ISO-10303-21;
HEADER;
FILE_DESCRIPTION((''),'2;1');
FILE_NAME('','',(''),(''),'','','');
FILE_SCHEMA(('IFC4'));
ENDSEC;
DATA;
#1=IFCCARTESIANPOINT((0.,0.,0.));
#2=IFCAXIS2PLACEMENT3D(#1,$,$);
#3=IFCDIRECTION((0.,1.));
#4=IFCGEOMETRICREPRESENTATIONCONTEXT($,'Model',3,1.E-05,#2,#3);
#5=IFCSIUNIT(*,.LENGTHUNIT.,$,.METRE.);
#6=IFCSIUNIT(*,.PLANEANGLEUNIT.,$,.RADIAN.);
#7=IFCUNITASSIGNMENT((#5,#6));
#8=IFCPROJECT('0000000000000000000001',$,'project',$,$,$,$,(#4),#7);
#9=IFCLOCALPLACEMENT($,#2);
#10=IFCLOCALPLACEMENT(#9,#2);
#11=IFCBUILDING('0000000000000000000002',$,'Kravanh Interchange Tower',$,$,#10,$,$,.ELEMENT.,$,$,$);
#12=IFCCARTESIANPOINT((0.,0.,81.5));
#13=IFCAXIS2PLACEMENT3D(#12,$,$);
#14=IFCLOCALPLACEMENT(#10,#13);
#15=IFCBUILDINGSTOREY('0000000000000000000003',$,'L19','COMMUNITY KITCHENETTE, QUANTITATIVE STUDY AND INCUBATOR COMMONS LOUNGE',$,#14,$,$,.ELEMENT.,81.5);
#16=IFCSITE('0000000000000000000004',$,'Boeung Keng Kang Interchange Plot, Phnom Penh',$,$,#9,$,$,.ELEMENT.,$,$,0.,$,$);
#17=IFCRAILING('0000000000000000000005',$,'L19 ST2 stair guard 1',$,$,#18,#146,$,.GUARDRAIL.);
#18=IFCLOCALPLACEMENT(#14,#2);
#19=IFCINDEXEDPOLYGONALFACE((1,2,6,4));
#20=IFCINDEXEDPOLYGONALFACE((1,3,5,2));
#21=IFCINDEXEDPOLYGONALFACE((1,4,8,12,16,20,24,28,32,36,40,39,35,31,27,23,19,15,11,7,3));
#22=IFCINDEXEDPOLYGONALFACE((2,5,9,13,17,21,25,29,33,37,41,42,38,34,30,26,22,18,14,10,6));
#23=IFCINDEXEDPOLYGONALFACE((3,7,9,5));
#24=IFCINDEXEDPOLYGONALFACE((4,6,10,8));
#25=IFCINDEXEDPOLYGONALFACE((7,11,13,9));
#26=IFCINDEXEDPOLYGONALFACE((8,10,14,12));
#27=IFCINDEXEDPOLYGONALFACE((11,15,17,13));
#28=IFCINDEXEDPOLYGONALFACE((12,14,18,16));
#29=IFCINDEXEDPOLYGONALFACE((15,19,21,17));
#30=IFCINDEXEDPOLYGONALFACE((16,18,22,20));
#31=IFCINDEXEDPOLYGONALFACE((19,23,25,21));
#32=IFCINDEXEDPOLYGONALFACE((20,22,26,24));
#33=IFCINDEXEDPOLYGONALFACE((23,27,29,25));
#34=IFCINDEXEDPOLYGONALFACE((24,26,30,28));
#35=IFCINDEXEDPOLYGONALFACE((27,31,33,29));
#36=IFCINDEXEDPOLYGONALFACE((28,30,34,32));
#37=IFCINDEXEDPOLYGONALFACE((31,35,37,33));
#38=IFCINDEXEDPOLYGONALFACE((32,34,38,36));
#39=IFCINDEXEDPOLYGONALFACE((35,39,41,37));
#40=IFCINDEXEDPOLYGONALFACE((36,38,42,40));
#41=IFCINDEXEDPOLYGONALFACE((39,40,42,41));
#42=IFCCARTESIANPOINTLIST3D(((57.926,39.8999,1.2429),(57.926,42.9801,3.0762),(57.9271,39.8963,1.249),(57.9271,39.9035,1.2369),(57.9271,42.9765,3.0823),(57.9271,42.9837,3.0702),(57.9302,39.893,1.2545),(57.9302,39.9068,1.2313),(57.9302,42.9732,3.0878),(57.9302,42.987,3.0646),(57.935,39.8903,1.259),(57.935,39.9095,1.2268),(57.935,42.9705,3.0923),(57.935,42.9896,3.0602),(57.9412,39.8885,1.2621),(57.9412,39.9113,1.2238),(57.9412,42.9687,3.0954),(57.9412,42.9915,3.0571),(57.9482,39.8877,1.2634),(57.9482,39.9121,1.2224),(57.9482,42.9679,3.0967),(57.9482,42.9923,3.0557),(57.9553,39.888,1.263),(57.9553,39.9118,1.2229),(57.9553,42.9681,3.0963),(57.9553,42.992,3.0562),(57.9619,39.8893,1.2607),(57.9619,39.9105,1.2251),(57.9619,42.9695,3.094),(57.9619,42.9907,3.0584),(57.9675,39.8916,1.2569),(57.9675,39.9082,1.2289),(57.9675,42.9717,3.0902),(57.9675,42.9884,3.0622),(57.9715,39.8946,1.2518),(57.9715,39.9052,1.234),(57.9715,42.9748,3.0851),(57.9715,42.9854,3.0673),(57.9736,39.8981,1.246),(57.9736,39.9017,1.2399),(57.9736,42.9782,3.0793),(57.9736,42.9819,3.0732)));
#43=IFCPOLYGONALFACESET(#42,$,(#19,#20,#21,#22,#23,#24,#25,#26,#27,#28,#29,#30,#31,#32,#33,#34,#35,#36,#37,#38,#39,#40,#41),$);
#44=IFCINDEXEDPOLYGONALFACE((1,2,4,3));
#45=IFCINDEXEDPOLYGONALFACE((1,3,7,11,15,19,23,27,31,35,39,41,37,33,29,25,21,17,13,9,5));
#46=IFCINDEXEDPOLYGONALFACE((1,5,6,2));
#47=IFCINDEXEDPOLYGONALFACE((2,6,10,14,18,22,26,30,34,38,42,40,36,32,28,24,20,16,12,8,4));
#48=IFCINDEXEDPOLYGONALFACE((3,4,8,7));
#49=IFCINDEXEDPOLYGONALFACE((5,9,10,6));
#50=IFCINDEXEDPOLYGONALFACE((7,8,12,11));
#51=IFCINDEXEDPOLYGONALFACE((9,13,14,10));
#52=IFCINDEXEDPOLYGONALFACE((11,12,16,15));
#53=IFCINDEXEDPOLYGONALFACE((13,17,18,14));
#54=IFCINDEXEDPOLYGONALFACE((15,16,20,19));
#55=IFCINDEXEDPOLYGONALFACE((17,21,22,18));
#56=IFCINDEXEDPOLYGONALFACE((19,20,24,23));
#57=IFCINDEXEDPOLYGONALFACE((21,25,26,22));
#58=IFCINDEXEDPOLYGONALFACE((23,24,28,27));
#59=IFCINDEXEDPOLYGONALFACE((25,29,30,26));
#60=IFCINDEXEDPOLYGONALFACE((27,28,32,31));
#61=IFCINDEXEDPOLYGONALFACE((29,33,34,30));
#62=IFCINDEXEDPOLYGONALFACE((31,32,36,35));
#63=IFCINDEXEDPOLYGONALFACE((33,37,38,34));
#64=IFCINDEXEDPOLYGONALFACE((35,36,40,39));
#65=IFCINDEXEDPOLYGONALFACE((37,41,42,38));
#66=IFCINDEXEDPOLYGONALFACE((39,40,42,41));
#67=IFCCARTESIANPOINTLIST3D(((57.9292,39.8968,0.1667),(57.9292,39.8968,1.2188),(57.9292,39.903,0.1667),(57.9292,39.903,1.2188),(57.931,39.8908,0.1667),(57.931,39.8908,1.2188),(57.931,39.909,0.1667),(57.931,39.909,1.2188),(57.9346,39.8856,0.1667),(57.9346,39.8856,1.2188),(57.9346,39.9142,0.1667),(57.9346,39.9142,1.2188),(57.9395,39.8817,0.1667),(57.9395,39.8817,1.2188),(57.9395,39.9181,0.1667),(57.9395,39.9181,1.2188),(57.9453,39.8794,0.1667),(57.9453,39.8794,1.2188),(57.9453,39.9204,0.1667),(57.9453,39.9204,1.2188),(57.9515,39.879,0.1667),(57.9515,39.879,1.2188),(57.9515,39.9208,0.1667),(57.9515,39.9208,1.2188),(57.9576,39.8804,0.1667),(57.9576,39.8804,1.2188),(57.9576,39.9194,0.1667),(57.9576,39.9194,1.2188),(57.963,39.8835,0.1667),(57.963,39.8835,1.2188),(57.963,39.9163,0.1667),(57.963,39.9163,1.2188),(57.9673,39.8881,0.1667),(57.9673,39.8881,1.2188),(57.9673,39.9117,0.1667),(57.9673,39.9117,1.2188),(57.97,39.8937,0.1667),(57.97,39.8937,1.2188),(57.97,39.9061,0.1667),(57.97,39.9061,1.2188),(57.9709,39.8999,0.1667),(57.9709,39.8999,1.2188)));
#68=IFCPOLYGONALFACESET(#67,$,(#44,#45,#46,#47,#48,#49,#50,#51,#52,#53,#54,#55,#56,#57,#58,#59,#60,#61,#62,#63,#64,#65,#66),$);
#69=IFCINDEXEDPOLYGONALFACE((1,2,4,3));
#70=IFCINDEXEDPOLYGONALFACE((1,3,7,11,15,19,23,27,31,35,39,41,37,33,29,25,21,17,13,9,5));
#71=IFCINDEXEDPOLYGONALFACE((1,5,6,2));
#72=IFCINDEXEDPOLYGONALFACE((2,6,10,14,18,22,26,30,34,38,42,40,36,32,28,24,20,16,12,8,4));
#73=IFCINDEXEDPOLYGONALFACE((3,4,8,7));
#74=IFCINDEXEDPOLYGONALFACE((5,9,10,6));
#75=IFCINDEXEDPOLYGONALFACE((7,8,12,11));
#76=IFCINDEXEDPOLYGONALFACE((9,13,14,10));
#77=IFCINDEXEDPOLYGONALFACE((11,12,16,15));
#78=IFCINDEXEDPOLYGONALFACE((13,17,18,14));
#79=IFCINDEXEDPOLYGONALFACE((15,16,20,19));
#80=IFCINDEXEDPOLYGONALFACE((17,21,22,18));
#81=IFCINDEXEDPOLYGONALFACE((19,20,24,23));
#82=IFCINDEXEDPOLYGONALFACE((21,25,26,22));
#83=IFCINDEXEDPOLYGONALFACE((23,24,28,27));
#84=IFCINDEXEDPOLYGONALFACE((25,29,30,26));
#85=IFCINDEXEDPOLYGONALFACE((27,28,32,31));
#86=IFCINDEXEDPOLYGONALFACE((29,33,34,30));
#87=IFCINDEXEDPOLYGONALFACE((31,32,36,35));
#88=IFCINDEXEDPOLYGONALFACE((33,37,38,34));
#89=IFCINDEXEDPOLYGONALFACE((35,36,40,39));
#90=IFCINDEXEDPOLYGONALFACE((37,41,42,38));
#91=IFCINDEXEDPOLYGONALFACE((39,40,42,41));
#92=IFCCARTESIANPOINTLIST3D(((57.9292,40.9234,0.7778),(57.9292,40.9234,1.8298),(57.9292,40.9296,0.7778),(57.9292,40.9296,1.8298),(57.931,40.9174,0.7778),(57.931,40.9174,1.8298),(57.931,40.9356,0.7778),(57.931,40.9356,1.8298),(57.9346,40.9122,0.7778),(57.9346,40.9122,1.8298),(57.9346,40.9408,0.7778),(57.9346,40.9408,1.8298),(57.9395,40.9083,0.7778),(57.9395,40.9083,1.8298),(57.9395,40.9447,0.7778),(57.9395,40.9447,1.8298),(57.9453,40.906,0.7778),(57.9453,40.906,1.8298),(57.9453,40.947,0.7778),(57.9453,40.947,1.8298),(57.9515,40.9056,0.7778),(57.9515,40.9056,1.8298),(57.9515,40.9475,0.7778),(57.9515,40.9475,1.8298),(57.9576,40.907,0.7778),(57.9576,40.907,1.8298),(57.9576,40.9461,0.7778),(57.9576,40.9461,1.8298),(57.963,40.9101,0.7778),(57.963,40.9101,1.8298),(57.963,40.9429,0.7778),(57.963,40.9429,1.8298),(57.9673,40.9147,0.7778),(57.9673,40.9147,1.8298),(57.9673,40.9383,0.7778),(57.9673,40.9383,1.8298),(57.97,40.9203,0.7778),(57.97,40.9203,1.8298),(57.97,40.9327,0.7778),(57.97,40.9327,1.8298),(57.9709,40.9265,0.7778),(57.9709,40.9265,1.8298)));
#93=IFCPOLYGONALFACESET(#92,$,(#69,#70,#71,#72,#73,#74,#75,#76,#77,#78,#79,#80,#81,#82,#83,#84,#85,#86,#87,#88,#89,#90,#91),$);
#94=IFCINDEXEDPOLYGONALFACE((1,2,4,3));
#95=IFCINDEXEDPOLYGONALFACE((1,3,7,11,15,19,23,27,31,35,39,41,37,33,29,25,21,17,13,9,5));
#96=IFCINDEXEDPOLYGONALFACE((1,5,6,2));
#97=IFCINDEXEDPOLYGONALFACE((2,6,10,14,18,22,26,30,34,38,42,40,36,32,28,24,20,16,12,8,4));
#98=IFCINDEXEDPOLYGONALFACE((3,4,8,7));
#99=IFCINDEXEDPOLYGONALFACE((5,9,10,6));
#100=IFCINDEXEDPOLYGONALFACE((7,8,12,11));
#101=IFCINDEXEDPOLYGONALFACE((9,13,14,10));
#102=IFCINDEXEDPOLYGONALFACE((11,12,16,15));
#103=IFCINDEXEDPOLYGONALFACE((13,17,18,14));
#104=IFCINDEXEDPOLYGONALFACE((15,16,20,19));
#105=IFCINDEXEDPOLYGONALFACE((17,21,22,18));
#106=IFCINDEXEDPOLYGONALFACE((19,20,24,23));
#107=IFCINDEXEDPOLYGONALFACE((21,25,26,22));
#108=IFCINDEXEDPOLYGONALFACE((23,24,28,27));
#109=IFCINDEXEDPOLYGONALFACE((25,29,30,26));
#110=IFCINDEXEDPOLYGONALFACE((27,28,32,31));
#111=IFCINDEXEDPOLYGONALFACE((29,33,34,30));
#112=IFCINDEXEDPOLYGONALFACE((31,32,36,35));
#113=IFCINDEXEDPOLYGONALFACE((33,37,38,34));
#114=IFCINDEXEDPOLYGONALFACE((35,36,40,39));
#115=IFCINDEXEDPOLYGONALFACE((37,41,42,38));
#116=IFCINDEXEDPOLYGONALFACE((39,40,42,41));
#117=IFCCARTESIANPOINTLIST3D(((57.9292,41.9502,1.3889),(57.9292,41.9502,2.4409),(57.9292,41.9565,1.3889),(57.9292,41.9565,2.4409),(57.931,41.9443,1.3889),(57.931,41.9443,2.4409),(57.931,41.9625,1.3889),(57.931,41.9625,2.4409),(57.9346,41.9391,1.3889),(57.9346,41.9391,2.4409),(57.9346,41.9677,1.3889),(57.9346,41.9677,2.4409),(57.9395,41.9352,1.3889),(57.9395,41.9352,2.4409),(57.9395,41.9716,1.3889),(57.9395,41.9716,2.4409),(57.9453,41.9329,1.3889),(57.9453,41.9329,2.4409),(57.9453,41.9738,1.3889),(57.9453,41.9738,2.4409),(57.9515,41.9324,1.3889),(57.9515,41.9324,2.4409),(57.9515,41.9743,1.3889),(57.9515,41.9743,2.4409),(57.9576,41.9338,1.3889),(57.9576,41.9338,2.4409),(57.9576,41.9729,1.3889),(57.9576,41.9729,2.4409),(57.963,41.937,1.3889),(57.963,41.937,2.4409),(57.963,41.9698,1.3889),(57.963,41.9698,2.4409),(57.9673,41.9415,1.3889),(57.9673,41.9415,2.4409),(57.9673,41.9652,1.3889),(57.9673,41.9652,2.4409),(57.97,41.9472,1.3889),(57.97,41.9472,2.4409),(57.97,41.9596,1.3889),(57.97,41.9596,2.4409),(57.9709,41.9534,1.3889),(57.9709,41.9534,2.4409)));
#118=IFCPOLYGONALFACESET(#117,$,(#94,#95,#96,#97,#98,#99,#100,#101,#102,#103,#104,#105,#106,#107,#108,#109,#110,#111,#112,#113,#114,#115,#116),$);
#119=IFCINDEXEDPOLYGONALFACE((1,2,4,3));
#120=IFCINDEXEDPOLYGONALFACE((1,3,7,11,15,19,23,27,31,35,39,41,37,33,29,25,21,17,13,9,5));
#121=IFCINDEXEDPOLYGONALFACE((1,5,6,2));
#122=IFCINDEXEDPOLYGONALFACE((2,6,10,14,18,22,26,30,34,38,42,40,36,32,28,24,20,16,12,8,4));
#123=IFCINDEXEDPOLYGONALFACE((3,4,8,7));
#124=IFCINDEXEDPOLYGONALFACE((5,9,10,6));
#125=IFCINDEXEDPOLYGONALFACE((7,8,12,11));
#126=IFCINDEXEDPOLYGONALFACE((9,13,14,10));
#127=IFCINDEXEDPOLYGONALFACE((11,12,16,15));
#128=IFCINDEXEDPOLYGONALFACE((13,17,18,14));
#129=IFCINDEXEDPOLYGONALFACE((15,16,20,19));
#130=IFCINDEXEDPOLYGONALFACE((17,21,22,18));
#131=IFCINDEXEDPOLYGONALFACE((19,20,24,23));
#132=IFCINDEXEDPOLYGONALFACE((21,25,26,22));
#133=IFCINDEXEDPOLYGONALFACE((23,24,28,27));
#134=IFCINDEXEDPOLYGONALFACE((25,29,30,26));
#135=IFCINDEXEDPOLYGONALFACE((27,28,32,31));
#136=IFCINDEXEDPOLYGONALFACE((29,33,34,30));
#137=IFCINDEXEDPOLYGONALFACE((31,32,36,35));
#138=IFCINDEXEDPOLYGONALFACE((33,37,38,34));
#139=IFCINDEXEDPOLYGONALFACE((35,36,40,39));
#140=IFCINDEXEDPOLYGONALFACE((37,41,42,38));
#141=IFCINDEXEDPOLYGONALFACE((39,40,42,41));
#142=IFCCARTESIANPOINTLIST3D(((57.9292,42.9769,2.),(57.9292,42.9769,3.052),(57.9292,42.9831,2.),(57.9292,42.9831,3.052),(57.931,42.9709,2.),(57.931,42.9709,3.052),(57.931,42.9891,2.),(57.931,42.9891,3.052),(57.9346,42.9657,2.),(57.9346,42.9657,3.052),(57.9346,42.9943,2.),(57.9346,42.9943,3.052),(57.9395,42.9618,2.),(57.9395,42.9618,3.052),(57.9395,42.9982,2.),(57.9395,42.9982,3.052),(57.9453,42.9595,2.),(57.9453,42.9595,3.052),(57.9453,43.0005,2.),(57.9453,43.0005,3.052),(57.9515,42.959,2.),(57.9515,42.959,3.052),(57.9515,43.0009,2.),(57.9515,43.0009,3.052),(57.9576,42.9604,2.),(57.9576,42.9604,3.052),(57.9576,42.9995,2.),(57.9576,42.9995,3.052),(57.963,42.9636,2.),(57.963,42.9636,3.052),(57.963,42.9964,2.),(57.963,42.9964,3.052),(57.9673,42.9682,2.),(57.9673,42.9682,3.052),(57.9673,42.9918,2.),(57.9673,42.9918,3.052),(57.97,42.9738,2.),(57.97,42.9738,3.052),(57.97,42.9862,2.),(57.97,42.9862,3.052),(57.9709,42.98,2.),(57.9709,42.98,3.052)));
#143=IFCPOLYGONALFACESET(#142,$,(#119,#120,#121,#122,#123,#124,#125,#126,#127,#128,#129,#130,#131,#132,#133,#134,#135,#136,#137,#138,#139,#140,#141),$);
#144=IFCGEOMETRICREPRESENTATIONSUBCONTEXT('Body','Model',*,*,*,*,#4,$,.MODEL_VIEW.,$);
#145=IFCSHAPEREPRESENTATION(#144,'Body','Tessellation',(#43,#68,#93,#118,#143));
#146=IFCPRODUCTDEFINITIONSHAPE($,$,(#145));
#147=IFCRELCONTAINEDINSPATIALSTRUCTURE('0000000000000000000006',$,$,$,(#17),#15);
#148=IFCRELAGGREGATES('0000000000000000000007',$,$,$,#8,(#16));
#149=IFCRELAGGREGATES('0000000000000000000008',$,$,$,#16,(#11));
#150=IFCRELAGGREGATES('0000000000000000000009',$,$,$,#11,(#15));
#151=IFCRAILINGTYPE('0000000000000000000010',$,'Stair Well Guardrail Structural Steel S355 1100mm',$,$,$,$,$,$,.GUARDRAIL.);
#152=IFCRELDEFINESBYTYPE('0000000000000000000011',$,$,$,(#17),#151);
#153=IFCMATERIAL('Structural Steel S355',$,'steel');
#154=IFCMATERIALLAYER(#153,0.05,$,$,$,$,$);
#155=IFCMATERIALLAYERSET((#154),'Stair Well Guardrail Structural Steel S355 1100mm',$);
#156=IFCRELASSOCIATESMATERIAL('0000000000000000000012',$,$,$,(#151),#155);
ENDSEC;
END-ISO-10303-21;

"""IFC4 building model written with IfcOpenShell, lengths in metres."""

from ifc_helpers import new_model, si_unit, direction, frame, origin, origin_2d, place, context, subcontext, project, spatial, circle, extrude, material, layer, layer_set, type_object, element, save


model = new_model("IFC4")

# Units and contexts
model_context = context("Model", 3, precision=1e-05, world=origin(), true_north=direction((0.0, 1.0)))
body_context = subcontext(model_context, "Body", "Model", "MODEL_VIEW")
ifc_project = project(units=[si_unit("LENGTHUNIT", "METRE"), si_unit("PLANEANGLEUNIT", "RADIAN")], contexts=[model_context])

# Site, building, storey
site_placement = place(None, origin())
site = spatial("IfcSite", under=ifc_project, at=site_placement, Name="Boeung Keng Kang Interchange Plot, Phnom Penh", CompositionType="ELEMENT", RefElevation=0.0)
building_placement = place(site_placement, origin())
building = spatial("IfcBuilding", under=site, at=building_placement, Name="Kravanh Interchange Tower", CompositionType="ELEMENT")
storey_placement = place(building_placement, frame((0.0, 0.0, 81.5)))
storey = spatial("IfcBuildingStorey", under=building, at=storey_placement, Name="L19", Description="COMMUNITY KITCHENETTE, QUANTITATIVE STUDY AND INCUBATOR COMMONS LOUNGE", CompositionType="ELEMENT", Elevation=81.5)

# Railing
ifc_material_1 = material(Name="Structural Steel S355", Category="steel")
ifc_layer_1 = layer(ifc_material_1, 0.05)
ifc_layer_set_1 = layer_set([ifc_layer_1], Name="Stair Well Guardrail Structural Steel S355 1100mm")
railing_type_1 = type_object("IfcRailingType", Name="Stair Well Guardrail Structural Steel S355 1100mm", PredefinedType="GUARDRAIL", material=ifc_layer_set_1)
railing_1_placement = place(storey_placement, frame((57.95, 39.8999, 0.1667)))
element("IfcRailing", 1, at=railing_1_placement, inside=storey, type_object=railing_type_1, Name="L19 ST2 stair guard 1", PredefinedType="GUARDRAIL", context=body_context, shape_type="SweptSolid", body=[
    extrude(circle(Radius=0.0239, at=origin_2d()), frame((0.0, 0.0, 1.0762), z_axis=(0.0, 0.859309, 0.511458), x_axis=(-1.0, 0.0, 0.0)), (0.0, 0.0, 1.0), 3.5845),
    extrude(circle(Radius=0.021, at=origin_2d()), origin(), (0.0, 0.0, 1.0), 1.052),
    extrude(circle(Radius=0.021, at=origin_2d()), frame((0.0, 1.0266, 0.6111)), (0.0, 0.0, 1.0), 1.052),
    extrude(circle(Radius=0.021, at=origin_2d()), frame((0.0, 2.0535, 1.2222)), (0.0, 0.0, 1.0), 1.052),
    extrude(circle(Radius=0.021, at=origin_2d()), frame((0.0, 3.0801, 1.8333)), (0.0, 0.0, 1.0), 1.052),
])

save(model, "model.ifc")
